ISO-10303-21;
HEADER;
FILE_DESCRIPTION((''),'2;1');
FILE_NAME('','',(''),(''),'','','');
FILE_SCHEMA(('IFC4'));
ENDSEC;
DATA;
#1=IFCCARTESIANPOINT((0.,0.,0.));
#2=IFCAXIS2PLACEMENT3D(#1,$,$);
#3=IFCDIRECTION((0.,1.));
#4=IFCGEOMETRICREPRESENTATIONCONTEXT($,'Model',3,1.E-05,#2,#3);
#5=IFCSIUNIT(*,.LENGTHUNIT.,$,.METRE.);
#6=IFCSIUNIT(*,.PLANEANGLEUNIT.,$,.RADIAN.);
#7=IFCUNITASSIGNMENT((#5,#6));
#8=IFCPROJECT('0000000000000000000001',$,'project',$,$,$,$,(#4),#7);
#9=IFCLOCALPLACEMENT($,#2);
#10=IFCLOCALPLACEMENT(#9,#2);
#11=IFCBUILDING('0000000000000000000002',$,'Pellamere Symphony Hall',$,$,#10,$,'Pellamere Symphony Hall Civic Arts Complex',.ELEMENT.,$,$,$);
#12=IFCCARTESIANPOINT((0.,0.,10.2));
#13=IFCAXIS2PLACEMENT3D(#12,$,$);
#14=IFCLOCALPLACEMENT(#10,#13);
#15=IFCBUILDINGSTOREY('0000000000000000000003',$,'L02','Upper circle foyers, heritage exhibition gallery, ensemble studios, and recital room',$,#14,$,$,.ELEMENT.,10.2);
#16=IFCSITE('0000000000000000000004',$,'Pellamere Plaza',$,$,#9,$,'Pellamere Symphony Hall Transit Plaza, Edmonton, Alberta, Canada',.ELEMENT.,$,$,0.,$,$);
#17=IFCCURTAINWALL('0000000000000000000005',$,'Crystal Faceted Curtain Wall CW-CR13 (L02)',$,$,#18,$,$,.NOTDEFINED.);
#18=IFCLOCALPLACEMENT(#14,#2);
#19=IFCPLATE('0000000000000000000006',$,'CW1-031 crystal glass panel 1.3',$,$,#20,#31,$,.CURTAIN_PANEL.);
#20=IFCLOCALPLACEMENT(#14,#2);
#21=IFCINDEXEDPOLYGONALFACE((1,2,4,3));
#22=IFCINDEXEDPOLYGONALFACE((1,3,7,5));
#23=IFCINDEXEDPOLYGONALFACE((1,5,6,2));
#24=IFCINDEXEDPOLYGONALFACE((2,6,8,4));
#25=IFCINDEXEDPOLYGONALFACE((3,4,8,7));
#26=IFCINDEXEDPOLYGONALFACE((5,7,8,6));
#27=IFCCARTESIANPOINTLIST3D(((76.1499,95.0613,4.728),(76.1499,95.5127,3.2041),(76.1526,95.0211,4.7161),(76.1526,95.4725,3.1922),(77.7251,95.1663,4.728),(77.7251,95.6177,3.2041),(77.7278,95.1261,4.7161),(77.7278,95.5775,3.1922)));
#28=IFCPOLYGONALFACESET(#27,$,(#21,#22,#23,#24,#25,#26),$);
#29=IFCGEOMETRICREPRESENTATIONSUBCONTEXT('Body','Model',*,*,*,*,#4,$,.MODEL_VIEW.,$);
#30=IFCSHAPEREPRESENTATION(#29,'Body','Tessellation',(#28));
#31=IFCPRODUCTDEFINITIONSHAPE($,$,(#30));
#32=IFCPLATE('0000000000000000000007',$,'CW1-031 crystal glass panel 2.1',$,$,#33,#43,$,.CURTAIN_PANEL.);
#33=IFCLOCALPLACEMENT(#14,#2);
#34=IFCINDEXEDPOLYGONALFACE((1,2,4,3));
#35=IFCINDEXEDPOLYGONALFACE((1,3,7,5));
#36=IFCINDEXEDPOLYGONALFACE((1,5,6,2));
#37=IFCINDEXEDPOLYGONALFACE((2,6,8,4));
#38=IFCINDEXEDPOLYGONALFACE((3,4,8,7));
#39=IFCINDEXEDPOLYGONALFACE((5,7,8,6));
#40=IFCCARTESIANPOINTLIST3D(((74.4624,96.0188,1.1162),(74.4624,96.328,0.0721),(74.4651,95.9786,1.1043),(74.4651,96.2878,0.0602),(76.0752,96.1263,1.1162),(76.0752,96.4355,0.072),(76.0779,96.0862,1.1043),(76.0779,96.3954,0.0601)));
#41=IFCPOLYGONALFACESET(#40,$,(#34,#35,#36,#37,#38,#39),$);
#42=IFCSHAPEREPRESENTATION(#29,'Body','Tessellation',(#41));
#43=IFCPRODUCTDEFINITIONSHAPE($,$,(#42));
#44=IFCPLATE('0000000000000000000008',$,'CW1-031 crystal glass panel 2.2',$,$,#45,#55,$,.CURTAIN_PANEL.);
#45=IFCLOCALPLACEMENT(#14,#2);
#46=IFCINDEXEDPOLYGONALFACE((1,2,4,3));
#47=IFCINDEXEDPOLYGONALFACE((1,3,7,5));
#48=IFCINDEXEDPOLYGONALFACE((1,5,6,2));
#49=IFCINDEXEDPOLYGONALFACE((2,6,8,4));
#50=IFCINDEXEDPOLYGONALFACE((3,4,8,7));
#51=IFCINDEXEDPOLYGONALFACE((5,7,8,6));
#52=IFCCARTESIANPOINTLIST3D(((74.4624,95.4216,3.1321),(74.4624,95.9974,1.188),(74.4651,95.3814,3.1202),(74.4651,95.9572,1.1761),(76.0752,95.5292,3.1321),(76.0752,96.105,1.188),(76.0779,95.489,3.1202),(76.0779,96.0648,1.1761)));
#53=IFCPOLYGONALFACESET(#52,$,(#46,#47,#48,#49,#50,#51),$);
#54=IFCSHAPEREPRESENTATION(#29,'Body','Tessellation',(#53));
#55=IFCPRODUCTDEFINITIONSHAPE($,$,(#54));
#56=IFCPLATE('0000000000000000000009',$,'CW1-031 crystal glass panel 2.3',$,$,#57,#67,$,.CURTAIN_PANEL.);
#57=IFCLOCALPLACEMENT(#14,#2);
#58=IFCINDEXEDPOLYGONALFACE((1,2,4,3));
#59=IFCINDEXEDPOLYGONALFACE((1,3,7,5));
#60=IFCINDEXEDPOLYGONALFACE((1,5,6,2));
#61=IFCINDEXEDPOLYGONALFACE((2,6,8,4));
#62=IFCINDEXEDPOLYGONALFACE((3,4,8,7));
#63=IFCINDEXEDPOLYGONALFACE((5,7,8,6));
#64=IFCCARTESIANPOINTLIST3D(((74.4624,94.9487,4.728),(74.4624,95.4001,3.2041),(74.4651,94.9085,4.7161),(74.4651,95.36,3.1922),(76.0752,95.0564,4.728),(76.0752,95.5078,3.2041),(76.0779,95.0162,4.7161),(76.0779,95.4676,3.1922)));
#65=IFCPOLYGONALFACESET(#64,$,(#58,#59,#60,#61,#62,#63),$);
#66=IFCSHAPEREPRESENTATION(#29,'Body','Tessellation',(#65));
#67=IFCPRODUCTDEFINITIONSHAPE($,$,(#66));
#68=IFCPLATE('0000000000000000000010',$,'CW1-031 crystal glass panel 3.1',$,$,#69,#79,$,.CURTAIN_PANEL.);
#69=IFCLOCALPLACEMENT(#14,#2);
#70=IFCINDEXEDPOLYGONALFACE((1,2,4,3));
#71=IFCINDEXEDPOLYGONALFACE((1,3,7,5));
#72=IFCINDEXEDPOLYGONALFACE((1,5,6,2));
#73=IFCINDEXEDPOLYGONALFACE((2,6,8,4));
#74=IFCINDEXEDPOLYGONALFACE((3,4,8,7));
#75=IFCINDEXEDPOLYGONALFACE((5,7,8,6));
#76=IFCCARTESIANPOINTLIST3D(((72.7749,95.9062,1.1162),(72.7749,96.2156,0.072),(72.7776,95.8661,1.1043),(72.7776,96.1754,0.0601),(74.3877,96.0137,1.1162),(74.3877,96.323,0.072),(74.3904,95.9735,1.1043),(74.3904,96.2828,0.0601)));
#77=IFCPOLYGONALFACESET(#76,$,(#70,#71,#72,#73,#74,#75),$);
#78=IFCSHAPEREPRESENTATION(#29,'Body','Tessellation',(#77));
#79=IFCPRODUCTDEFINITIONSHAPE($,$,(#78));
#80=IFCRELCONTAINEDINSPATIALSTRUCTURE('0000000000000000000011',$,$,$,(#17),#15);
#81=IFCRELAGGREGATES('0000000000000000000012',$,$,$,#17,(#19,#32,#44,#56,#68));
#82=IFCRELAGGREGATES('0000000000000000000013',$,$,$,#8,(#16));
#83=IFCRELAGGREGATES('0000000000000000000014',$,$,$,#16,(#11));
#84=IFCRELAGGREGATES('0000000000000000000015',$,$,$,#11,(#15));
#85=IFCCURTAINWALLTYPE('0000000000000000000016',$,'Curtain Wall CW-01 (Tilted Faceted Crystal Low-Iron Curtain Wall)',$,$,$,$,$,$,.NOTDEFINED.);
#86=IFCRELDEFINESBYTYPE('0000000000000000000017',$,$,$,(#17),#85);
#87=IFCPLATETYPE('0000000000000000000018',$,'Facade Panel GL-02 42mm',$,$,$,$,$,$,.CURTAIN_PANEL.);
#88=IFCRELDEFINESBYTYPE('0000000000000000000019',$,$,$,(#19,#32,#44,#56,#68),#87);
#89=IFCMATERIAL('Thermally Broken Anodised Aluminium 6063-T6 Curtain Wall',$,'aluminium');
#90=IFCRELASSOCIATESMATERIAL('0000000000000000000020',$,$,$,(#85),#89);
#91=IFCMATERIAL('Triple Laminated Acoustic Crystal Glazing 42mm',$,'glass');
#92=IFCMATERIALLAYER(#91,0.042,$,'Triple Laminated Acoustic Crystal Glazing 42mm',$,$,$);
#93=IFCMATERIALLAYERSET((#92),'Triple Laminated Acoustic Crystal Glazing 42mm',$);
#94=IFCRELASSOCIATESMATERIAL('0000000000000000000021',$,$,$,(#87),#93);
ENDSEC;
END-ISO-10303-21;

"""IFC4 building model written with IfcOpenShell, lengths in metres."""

from ifc_helpers import new_model, si_unit, direction, frame, origin, place, context, subcontext, project, spatial, polyline, outline, extrude, material, layer, layer_set, type_object, element, aggregate, save


model = new_model("IFC4")

# Units and contexts
model_context = context("Model", 3, precision=1e-05, world=origin(), true_north=direction((0.0, 1.0)))
body_context = subcontext(model_context, "Body", "Model", "MODEL_VIEW")
ifc_project = project(units=[si_unit("LENGTHUNIT", "METRE"), si_unit("PLANEANGLEUNIT", "RADIAN")], contexts=[model_context])

# Site, building, storey
site_placement = place(None, origin())
site = spatial("IfcSite", under=ifc_project, at=site_placement, Name="Pellamere Plaza", LongName="Pellamere Symphony Hall Transit Plaza, Edmonton, Alberta, Canada", CompositionType="ELEMENT", RefElevation=0.0)
building_placement = place(site_placement, origin())
building = spatial("IfcBuilding", under=site, at=building_placement, Name="Pellamere Symphony Hall", LongName="Pellamere Symphony Hall Civic Arts Complex", CompositionType="ELEMENT")
storey_placement = place(building_placement, frame((0.0, 0.0, 10.2)))
storey = spatial("IfcBuildingStorey", under=building, at=storey_placement, Name="L02", Description="Upper circle foyers, heritage exhibition gallery, ensemble studios, and recital room", CompositionType="ELEMENT", Elevation=10.2)

# Curtain wall
ifc_material_1 = material(Name="Thermally Broken Anodised Aluminium 6063-T6 Curtain Wall", Category="aluminium")
curtain_wall_type = type_object("IfcCurtainWallType", Name="Curtain Wall CW-01 (Tilted Faceted Crystal Low-Iron Curtain Wall)", PredefinedType="NOTDEFINED", material=ifc_material_1)
curtain_wall_1_placement = place(storey_placement, origin())
curtain_wall_1 = element("IfcCurtainWall", 1, at=curtain_wall_1_placement, inside=storey, type_object=curtain_wall_type, Name="Crystal Faceted Curtain Wall CW-CR13 (L02)", PredefinedType="NOTDEFINED")

# Plates
ifc_material_2 = material(Name="Triple Laminated Acoustic Crystal Glazing 42mm", Category="glass")
ifc_layer = layer(ifc_material_2, 0.042, Name="Triple Laminated Acoustic Crystal Glazing 42mm")
ifc_layer_set = layer_set([ifc_layer], Name="Triple Laminated Acoustic Crystal Glazing 42mm")
plate_type = type_object("IfcPlateType", Name="Facade Panel GL-02 42mm", PredefinedType="CURTAIN_PANEL", material=ifc_layer_set)
plate_1_placement = place(storey_placement, frame((77.7251, 95.6177, 3.2041), z_axis=(-0.063771, 0.956867, 0.283442), x_axis=(-0.997787, -0.066498, 0.0)))
plate_1 = element("IfcPlate", 2, at=plate_1_placement, type_object=plate_type, Name="CW1-031 crystal glass panel 1.3", PredefinedType="CURTAIN_PANEL", context=body_context, shape_type="SweptSolid", body=[
    extrude(outline(polyline([(0.0, 0.0), (1.5787, 0.0), (1.6087, 1.5891), (0.03, 1.5891), (0.0, 0.0)])), origin(), (0.0, 0.0, -1.0), 0.042),
])
plate_2_placement = place(storey_placement, frame((76.0752, 96.4355, 0.072), z_axis=(-0.063807, 0.956891, 0.283353), x_axis=(-0.997784, -0.06654, 0.00002)))
plate_2 = element("IfcPlate", 3, at=plate_2_placement, type_object=plate_type, Name="CW1-031 crystal glass panel 2.1", PredefinedType="CURTAIN_PANEL", context=body_context, shape_type="SweptSolid", body=[
    extrude(outline(polyline([(0.0, 0.0), (1.6164, 0.0), (1.637, 1.0888), (0.0206, 1.0888), (0.0, 0.0)])), origin(), (0.0, 0.0, -1.0), 0.042),
])
plate_3_placement = place(storey_placement, frame((76.0752, 96.105, 1.188), z_axis=(-0.063806, 0.956874, 0.283409), x_axis=(-0.997784, -0.06654, 0.00002)))
plate_3 = element("IfcPlate", 4, at=plate_3_placement, type_object=plate_type, Name="CW1-031 crystal glass panel 2.2", PredefinedType="CURTAIN_PANEL", context=body_context, shape_type="SweptSolid", body=[
    extrude(outline(polyline([(0.0, 0.0), (1.6164, 0.0), (1.6547, 2.0272), (0.0384, 2.0272), (0.0, 0.0)])), origin(), (0.0, 0.0, -1.0), 0.042),
])
plate_4_placement = place(storey_placement, frame((76.0752, 95.5078, 3.2041), z_axis=(-0.063878, 0.95686, 0.28344), x_axis=(-0.997779, -0.066609, 0.0)))
plate_4 = element("IfcPlate", 5, at=plate_4_placement, type_object=plate_type, Name="CW1-031 crystal glass panel 2.3", PredefinedType="CURTAIN_PANEL", context=body_context, shape_type="SweptSolid", body=[
    extrude(outline(polyline([(0.0, 0.0), (1.6164, 0.0), (1.6465, 1.5891), (0.0301, 1.5891), (0.0, 0.0)])), origin(), (0.0, 0.0, -1.0), 0.042),
])
plate_5_placement = place(storey_placement, frame((74.3877, 96.323, 0.072), z_axis=(-0.063733, 0.956865, 0.283457), x_axis=(-0.997789, -0.066459, 0.0)))
plate_5 = element("IfcPlate", 6, at=plate_5_placement, type_object=plate_type, Name="CW1-031 crystal glass panel 3.1", PredefinedType="CURTAIN_PANEL", context=body_context, shape_type="SweptSolid", body=[
    extrude(outline(polyline([(0.0, 0.0), (1.6164, 0.0), (1.6369, 1.0888), (0.0206, 1.0888), (0.0, 0.0)])), origin(), (0.0, 0.0, -1.0), 0.042),
])
aggregate(curtain_wall_1, [plate_1, plate_2, plate_3, plate_4, plate_5])

save(model, "model.ifc")
